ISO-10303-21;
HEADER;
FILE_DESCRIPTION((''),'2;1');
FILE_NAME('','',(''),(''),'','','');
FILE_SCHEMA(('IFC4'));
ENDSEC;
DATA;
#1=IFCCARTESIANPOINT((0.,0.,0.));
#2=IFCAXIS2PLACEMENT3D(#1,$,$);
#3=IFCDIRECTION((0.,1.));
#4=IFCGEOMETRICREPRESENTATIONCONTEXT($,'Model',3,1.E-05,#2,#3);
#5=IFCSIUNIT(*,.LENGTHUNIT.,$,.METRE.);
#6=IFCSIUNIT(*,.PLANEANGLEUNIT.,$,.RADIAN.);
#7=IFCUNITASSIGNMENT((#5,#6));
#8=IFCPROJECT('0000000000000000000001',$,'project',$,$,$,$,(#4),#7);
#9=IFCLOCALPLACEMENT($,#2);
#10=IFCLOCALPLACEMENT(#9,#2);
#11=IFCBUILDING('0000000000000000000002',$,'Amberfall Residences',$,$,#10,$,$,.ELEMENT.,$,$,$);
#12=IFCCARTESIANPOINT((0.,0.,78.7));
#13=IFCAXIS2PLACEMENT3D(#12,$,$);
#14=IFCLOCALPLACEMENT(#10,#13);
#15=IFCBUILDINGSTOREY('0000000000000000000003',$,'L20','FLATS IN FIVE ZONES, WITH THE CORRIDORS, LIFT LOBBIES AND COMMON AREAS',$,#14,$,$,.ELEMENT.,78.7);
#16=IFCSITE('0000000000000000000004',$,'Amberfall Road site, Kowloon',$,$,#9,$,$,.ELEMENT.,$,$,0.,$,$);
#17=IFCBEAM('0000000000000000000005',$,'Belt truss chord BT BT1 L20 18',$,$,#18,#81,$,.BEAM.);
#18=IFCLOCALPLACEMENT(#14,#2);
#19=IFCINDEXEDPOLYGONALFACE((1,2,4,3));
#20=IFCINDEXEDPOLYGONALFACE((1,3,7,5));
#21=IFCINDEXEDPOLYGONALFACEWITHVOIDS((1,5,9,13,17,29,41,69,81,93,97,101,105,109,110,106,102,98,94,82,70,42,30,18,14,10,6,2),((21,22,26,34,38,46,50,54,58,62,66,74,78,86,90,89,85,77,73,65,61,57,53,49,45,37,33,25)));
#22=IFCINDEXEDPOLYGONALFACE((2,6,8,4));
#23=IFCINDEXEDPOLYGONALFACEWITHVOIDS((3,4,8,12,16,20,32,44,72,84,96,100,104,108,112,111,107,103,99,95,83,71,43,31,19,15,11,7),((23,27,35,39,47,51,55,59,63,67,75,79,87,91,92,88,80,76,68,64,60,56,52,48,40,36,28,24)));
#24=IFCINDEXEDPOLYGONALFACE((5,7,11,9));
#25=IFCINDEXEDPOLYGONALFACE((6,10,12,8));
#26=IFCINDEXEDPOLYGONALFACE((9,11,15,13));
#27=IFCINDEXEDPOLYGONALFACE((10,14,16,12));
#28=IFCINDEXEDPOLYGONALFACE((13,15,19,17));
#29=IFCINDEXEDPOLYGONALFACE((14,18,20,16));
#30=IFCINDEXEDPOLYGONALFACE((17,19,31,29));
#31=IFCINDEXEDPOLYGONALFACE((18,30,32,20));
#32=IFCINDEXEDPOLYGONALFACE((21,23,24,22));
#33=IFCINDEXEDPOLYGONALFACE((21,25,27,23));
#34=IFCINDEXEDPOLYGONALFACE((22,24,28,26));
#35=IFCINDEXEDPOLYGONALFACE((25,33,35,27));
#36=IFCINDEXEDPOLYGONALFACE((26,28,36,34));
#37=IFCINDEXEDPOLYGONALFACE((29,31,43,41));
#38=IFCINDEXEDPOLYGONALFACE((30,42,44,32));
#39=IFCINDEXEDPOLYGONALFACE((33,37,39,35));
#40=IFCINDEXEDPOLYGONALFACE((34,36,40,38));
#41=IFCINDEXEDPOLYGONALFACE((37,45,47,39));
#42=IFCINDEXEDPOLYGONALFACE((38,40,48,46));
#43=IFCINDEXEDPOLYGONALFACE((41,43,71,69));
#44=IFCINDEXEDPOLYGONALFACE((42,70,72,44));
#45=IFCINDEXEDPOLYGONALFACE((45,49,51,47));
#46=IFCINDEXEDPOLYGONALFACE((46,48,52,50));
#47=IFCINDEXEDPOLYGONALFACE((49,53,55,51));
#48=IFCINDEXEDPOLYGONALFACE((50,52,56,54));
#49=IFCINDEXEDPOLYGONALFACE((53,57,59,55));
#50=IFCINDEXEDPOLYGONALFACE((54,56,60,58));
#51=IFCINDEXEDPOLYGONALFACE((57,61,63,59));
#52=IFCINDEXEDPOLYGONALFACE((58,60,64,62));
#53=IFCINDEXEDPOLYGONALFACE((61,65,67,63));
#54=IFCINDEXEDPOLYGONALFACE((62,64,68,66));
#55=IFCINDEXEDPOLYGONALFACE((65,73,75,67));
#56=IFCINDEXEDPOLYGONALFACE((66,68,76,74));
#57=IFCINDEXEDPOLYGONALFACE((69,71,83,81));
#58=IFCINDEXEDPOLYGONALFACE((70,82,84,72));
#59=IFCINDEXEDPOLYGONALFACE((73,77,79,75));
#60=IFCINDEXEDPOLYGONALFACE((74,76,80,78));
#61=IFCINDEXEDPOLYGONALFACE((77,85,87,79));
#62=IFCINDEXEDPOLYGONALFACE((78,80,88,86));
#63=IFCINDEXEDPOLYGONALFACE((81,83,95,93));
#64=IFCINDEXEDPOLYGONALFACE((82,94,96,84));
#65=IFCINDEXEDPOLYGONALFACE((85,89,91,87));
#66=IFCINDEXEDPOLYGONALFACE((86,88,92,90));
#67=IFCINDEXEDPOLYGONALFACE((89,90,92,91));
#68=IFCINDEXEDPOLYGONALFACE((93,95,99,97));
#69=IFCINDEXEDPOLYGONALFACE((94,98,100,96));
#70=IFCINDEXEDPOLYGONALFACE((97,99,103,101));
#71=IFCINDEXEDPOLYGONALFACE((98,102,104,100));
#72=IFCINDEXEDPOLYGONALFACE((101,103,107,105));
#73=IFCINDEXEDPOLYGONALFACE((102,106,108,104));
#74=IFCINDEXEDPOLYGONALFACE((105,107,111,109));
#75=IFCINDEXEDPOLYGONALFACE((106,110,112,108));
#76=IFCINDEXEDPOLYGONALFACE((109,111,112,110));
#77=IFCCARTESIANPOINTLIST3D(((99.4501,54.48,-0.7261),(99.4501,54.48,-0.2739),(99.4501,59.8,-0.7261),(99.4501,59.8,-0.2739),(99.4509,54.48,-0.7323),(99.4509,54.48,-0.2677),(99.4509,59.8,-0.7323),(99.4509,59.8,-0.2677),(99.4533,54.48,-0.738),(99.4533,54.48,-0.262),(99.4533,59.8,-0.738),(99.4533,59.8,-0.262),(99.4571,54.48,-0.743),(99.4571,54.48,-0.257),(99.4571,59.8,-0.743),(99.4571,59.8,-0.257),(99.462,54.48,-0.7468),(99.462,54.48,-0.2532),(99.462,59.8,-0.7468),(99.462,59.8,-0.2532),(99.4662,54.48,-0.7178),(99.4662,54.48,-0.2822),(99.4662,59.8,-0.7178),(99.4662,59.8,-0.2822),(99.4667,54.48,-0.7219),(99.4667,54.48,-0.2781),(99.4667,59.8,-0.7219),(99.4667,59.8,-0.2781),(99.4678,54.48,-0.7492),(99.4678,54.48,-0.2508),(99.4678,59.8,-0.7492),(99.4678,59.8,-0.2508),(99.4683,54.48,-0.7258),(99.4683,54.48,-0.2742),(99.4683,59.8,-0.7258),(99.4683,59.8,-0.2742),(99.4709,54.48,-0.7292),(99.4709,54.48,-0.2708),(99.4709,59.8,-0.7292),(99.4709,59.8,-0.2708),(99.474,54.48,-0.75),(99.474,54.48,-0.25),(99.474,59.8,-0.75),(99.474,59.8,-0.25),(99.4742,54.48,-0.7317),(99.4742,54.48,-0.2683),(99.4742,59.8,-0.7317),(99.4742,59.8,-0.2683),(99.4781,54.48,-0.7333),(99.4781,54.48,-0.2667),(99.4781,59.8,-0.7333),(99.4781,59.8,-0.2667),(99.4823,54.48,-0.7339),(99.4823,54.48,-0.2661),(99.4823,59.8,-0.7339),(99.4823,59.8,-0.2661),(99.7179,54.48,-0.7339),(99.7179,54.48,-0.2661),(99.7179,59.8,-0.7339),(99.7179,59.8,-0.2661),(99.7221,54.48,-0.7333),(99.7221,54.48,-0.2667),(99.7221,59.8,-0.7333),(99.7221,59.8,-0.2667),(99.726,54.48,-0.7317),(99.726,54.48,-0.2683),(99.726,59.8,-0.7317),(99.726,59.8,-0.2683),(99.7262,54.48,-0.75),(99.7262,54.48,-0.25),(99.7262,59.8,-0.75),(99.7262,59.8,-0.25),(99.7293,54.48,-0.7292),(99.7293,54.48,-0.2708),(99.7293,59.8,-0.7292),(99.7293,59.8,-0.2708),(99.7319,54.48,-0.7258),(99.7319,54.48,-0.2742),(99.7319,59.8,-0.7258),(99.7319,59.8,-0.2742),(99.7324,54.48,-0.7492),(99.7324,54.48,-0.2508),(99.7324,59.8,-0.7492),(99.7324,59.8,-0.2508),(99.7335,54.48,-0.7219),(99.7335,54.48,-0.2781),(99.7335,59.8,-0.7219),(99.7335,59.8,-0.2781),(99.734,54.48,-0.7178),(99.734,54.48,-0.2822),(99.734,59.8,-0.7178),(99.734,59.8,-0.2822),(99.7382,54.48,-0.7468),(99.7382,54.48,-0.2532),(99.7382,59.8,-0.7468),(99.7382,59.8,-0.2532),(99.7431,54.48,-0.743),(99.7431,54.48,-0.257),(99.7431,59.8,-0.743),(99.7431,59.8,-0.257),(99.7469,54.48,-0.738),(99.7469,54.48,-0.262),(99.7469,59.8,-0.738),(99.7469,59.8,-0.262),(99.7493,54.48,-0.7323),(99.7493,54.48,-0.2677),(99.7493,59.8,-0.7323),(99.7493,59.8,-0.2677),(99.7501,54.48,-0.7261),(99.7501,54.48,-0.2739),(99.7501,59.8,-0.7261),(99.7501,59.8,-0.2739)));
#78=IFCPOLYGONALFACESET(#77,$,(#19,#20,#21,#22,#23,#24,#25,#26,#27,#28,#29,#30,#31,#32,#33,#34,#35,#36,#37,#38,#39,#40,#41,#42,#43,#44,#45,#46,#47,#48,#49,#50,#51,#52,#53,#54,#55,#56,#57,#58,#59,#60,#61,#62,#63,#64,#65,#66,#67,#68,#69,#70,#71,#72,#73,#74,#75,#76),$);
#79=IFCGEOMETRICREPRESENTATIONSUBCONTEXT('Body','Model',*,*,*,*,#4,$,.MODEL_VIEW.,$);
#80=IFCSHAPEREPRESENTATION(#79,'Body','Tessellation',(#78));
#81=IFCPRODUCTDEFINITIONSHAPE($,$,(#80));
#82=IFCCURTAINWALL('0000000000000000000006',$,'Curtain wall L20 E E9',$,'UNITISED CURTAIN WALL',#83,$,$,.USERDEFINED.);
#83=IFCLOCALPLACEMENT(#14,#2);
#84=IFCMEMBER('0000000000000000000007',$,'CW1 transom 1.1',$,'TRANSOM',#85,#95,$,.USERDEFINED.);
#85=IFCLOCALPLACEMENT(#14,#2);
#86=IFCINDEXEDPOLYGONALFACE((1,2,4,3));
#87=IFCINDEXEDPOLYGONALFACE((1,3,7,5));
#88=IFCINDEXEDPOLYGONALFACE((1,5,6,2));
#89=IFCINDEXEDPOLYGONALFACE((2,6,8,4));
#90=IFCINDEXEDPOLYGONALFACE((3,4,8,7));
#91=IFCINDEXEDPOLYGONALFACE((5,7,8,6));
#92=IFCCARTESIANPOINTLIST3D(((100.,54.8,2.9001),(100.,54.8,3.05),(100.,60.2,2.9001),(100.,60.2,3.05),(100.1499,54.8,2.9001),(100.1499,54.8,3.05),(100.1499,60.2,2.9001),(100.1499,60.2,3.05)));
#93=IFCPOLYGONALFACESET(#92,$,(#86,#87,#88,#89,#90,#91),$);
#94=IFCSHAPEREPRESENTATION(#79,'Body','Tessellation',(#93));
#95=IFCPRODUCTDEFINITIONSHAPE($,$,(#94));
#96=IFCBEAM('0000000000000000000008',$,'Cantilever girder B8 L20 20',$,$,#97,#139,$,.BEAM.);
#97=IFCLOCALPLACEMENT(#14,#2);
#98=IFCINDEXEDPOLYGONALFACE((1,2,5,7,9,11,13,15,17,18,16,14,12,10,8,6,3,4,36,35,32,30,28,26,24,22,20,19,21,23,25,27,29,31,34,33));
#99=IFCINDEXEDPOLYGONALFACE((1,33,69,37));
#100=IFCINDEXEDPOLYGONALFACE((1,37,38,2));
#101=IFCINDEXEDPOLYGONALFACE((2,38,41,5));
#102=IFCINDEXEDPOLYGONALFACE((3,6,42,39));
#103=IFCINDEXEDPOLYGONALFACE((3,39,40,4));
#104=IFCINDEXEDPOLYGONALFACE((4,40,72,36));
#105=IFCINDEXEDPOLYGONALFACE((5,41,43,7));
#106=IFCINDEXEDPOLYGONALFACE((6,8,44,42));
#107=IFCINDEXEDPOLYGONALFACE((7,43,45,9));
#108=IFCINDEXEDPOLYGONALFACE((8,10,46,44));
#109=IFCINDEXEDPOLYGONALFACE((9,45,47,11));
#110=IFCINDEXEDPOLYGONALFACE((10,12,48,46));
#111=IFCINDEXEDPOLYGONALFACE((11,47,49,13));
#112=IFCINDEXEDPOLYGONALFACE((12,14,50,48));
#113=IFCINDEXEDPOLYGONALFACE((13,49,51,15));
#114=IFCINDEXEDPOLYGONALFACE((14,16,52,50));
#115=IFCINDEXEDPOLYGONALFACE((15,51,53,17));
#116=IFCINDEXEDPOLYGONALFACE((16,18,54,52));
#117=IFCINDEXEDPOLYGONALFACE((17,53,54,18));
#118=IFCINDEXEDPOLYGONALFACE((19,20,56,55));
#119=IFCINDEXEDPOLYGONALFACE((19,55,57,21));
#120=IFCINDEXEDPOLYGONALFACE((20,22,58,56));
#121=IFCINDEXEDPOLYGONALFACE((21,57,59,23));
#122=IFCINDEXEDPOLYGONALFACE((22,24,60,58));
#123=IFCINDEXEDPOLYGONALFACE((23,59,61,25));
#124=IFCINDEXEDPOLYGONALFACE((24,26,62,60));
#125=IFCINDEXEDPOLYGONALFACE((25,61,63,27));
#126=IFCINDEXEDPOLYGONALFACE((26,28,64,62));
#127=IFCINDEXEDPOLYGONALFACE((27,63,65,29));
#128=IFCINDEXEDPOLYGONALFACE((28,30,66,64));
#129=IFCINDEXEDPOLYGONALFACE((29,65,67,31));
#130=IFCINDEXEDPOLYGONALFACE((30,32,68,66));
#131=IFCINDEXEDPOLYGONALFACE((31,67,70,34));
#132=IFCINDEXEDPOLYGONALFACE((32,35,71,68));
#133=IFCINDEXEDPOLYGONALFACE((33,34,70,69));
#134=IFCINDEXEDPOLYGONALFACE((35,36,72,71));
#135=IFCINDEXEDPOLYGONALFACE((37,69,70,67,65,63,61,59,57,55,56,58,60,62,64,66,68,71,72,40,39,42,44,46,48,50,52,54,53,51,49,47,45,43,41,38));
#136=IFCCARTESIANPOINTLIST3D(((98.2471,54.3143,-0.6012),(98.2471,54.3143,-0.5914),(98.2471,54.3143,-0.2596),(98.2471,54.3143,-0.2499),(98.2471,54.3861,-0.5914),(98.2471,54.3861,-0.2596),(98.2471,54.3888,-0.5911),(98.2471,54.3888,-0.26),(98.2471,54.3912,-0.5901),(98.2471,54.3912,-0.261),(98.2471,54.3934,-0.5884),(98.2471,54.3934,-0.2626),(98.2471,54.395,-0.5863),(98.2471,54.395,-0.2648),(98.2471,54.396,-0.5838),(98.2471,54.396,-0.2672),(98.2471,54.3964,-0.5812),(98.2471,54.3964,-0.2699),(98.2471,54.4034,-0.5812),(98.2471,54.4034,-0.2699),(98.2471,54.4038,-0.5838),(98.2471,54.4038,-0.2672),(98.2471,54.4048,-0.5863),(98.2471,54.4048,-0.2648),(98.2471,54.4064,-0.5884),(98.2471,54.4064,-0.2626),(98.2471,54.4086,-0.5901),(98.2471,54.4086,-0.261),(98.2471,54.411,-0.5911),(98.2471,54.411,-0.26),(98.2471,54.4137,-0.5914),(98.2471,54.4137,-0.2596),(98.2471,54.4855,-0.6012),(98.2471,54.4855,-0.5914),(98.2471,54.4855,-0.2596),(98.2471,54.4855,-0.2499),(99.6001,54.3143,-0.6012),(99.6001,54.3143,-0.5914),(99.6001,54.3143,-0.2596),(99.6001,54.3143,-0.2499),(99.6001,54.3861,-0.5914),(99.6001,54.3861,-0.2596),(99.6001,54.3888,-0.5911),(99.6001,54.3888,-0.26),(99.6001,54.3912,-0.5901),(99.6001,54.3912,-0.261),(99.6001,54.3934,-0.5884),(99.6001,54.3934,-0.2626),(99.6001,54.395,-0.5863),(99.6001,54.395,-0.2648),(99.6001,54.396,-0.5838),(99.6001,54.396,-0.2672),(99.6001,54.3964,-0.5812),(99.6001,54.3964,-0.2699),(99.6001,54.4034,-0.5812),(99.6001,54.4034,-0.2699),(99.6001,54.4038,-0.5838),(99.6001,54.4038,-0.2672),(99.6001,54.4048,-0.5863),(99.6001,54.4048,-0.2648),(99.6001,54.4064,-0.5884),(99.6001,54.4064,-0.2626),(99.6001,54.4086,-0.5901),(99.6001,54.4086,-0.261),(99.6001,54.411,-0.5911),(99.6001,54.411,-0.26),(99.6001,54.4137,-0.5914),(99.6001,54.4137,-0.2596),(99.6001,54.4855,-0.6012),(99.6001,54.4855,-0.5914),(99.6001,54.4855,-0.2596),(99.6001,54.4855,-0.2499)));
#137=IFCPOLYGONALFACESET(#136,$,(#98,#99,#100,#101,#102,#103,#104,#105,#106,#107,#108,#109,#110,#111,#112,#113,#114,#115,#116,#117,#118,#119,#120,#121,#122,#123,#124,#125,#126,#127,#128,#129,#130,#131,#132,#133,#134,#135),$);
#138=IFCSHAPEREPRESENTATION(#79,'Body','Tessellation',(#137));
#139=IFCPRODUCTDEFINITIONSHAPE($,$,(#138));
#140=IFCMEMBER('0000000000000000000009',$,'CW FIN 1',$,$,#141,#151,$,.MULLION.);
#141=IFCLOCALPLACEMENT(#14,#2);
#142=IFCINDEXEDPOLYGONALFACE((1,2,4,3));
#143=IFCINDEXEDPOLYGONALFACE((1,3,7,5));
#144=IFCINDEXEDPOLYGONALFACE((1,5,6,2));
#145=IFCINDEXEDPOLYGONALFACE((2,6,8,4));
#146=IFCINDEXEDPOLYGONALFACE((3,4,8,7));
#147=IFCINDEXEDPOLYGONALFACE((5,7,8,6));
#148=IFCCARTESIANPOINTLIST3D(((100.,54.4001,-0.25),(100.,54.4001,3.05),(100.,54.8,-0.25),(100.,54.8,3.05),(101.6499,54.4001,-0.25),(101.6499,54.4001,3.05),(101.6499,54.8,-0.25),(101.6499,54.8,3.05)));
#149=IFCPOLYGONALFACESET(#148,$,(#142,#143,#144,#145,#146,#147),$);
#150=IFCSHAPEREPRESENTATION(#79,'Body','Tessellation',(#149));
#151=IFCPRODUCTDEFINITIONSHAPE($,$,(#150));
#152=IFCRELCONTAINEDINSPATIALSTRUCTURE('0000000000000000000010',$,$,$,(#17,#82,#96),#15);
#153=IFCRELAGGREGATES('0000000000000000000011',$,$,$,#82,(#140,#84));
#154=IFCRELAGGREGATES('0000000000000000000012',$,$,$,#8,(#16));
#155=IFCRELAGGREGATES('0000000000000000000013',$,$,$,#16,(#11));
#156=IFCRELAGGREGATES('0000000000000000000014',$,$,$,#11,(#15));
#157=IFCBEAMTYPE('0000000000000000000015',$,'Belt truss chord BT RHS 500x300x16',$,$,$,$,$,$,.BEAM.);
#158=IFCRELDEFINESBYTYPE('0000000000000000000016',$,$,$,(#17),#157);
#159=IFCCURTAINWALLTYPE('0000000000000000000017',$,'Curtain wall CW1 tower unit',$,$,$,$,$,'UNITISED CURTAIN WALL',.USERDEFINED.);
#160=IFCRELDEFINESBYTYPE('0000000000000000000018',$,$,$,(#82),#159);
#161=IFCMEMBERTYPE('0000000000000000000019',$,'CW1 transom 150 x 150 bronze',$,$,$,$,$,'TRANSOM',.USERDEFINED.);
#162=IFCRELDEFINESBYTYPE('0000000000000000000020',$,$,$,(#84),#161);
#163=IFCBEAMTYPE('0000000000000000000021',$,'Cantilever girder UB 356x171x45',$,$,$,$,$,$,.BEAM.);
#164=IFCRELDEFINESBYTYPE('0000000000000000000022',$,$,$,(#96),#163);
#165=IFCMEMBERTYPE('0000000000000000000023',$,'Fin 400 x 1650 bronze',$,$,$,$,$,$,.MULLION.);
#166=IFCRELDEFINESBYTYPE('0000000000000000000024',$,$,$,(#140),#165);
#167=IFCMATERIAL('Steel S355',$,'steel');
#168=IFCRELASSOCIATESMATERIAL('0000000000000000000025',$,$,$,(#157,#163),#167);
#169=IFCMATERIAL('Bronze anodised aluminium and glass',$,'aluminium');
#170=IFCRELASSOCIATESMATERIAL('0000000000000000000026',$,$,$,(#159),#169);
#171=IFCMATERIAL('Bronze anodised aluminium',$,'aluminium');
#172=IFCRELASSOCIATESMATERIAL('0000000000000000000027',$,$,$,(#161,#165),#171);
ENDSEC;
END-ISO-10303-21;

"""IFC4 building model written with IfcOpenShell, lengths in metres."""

from ifc_helpers import new_model, si_unit, direction, frame, origin, origin_2d, place, context, subcontext, project, spatial, rectangle, hollow_rectangle, i_section, extrude, material, material_profile, profile_set, type_object, element, aggregate, save


model = new_model("IFC4")

# Units and contexts
model_context = context("Model", 3, precision=1e-05, world=origin(), true_north=direction((0.0, 1.0)))
body_context = subcontext(model_context, "Body", "Model", "MODEL_VIEW")
ifc_project = project(units=[si_unit("LENGTHUNIT", "METRE"), si_unit("PLANEANGLEUNIT", "RADIAN")], contexts=[model_context])

# Site, building, storey
site_placement = place(None, origin())
site = spatial("IfcSite", under=ifc_project, at=site_placement, Name="Amberfall Road site, Kowloon", CompositionType="ELEMENT", RefElevation=0.0)
building_placement = place(site_placement, origin())
building = spatial("IfcBuilding", under=site, at=building_placement, Name="Amberfall Residences", CompositionType="ELEMENT")
storey_placement = place(building_placement, frame((0.0, 0.0, 78.7)))
storey = spatial("IfcBuildingStorey", under=building, at=storey_placement, Name="L20", Description="FLATS IN FIVE ZONES, WITH THE CORRIDORS, LIFT LOBBIES AND COMMON AREAS", CompositionType="ELEMENT", Elevation=78.7)

# Beam
ifc_material_1 = material(Name="Steel S355", Category="steel")
ifc_material_profile_1 = material_profile(ifc_material_1, hollow_rectangle(XDim=0.3, YDim=0.5, WallThickness=0.0161, InnerFilletRadius=0.0161, OuterFilletRadius=0.0239, at=origin_2d()), Name="RHS 500x300x16")
ifc_profile_set_1 = profile_set([ifc_material_profile_1], Name="Steel S355")
beam_type_1 = type_object("IfcBeamType", Name="Belt truss chord BT RHS 500x300x16", PredefinedType="BEAM", material=ifc_profile_set_1)
beam_1_placement = place(storey_placement, frame((99.6001, 54.48, -0.5), z_axis=(0.0, 1.0, 0.0), x_axis=(-1.0, 0.0, 0.0)))
element("IfcBeam", 1, at=beam_1_placement, inside=storey, type_object=beam_type_1, Name="Belt truss chord BT BT1 L20 18", PredefinedType="BEAM", context=body_context, shape_type="SweptSolid", body=[
    extrude(hollow_rectangle(XDim=0.3, YDim=0.5, WallThickness=0.0161, InnerFilletRadius=0.0161, OuterFilletRadius=0.0239, at=origin_2d()), origin(), (0.0, 0.0, 1.0), 5.3201),
])

# Curtain wall, member
ifc_material_2 = material(Name="Bronze anodised aluminium and glass", Category="aluminium")
curtain_wall_type = type_object("IfcCurtainWallType", Name="Curtain wall CW1 tower unit", ElementType="UNITISED CURTAIN WALL", PredefinedType="USERDEFINED", material=ifc_material_2)
curtain_wall_placement = place(storey_placement, origin())
curtain_wall = element("IfcCurtainWall", 2, at=curtain_wall_placement, inside=storey, type_object=curtain_wall_type, Name="Curtain wall L20 E E9", ObjectType="UNITISED CURTAIN WALL", PredefinedType="USERDEFINED")
ifc_material_3 = material(Name="Bronze anodised aluminium", Category="aluminium")
ifc_material_profile_2 = material_profile(ifc_material_3, rectangle(XDim=0.1499, YDim=0.1499, at=origin_2d()), Name="CW1 transom 150 x 150 bronze")
ifc_profile_set_2 = profile_set([ifc_material_profile_2], Name="Bronze anodised aluminium")
member_type_1 = type_object("IfcMemberType", Name="CW1 transom 150 x 150 bronze", ElementType="TRANSOM", PredefinedType="USERDEFINED", material=ifc_profile_set_2)
member_1_placement = place(storey_placement, frame((100.075, 54.8, 2.9751), z_axis=(0.0, 1.0, 0.0), x_axis=(-1.0, 0.0, 0.0)))
member_1 = element("IfcMember", 3, at=member_1_placement, type_object=member_type_1, Name="CW1 transom 1.1", ObjectType="TRANSOM", PredefinedType="USERDEFINED", context=body_context, shape_type="SweptSolid", body=[
    extrude(rectangle(XDim=0.1499, YDim=0.1499, at=origin_2d()), origin(), (0.0, 0.0, 1.0), 5.3999),
])

# Beam
ifc_material_profile_3 = material_profile(ifc_material_1, i_section(OverallWidth=0.1711, OverallDepth=0.3513, WebThickness=0.0071, FlangeThickness=0.0098, FilletRadius=0.0103, at=origin_2d()), Name="UB 356x171x45")
ifc_profile_set_3 = profile_set([ifc_material_profile_3], Name="Steel S355")
beam_type_2 = type_object("IfcBeamType", Name="Cantilever girder UB 356x171x45", PredefinedType="BEAM", material=ifc_profile_set_3)
beam_2_placement = place(storey_placement, frame((98.2471, 54.3999, -0.4255), z_axis=(1.0, 0.0, 0.0), x_axis=(0.0, 1.0, 0.0)))
element("IfcBeam", 4, at=beam_2_placement, inside=storey, type_object=beam_type_2, Name="Cantilever girder B8 L20 20", PredefinedType="BEAM", context=body_context, shape_type="SweptSolid", body=[
    extrude(i_section(OverallWidth=0.1711, OverallDepth=0.3513, WebThickness=0.0071, FlangeThickness=0.0098, FilletRadius=0.0103, at=origin_2d()), origin(), (0.0, 0.0, 1.0), 1.353),
])

# Member
ifc_material_profile_4 = material_profile(ifc_material_3, rectangle(XDim=1.6499, YDim=0.3999, at=origin_2d()), Name="Fin 400 x 1650 bronze")
ifc_profile_set_4 = profile_set([ifc_material_profile_4], Name="Bronze anodised aluminium")
member_type_2 = type_object("IfcMemberType", Name="Fin 400 x 1650 bronze", PredefinedType="MULLION", material=ifc_profile_set_4)
member_2_placement = place(storey_placement, frame((100.825, 54.6001, -0.25), z_axis=(0.0, 0.0, 1.0), x_axis=(-1.0, 0.0, 0.0)))
member_2 = element("IfcMember", 5, at=member_2_placement, type_object=member_type_2, Name="CW FIN 1", PredefinedType="MULLION", context=body_context, shape_type="SweptSolid", body=[
    extrude(rectangle(XDim=1.6499, YDim=0.3999, at=origin_2d()), origin(), (0.0, 0.0, 1.0), 3.3),
])
aggregate(curtain_wall, [member_2, member_1])

save(model, "model.ifc")
